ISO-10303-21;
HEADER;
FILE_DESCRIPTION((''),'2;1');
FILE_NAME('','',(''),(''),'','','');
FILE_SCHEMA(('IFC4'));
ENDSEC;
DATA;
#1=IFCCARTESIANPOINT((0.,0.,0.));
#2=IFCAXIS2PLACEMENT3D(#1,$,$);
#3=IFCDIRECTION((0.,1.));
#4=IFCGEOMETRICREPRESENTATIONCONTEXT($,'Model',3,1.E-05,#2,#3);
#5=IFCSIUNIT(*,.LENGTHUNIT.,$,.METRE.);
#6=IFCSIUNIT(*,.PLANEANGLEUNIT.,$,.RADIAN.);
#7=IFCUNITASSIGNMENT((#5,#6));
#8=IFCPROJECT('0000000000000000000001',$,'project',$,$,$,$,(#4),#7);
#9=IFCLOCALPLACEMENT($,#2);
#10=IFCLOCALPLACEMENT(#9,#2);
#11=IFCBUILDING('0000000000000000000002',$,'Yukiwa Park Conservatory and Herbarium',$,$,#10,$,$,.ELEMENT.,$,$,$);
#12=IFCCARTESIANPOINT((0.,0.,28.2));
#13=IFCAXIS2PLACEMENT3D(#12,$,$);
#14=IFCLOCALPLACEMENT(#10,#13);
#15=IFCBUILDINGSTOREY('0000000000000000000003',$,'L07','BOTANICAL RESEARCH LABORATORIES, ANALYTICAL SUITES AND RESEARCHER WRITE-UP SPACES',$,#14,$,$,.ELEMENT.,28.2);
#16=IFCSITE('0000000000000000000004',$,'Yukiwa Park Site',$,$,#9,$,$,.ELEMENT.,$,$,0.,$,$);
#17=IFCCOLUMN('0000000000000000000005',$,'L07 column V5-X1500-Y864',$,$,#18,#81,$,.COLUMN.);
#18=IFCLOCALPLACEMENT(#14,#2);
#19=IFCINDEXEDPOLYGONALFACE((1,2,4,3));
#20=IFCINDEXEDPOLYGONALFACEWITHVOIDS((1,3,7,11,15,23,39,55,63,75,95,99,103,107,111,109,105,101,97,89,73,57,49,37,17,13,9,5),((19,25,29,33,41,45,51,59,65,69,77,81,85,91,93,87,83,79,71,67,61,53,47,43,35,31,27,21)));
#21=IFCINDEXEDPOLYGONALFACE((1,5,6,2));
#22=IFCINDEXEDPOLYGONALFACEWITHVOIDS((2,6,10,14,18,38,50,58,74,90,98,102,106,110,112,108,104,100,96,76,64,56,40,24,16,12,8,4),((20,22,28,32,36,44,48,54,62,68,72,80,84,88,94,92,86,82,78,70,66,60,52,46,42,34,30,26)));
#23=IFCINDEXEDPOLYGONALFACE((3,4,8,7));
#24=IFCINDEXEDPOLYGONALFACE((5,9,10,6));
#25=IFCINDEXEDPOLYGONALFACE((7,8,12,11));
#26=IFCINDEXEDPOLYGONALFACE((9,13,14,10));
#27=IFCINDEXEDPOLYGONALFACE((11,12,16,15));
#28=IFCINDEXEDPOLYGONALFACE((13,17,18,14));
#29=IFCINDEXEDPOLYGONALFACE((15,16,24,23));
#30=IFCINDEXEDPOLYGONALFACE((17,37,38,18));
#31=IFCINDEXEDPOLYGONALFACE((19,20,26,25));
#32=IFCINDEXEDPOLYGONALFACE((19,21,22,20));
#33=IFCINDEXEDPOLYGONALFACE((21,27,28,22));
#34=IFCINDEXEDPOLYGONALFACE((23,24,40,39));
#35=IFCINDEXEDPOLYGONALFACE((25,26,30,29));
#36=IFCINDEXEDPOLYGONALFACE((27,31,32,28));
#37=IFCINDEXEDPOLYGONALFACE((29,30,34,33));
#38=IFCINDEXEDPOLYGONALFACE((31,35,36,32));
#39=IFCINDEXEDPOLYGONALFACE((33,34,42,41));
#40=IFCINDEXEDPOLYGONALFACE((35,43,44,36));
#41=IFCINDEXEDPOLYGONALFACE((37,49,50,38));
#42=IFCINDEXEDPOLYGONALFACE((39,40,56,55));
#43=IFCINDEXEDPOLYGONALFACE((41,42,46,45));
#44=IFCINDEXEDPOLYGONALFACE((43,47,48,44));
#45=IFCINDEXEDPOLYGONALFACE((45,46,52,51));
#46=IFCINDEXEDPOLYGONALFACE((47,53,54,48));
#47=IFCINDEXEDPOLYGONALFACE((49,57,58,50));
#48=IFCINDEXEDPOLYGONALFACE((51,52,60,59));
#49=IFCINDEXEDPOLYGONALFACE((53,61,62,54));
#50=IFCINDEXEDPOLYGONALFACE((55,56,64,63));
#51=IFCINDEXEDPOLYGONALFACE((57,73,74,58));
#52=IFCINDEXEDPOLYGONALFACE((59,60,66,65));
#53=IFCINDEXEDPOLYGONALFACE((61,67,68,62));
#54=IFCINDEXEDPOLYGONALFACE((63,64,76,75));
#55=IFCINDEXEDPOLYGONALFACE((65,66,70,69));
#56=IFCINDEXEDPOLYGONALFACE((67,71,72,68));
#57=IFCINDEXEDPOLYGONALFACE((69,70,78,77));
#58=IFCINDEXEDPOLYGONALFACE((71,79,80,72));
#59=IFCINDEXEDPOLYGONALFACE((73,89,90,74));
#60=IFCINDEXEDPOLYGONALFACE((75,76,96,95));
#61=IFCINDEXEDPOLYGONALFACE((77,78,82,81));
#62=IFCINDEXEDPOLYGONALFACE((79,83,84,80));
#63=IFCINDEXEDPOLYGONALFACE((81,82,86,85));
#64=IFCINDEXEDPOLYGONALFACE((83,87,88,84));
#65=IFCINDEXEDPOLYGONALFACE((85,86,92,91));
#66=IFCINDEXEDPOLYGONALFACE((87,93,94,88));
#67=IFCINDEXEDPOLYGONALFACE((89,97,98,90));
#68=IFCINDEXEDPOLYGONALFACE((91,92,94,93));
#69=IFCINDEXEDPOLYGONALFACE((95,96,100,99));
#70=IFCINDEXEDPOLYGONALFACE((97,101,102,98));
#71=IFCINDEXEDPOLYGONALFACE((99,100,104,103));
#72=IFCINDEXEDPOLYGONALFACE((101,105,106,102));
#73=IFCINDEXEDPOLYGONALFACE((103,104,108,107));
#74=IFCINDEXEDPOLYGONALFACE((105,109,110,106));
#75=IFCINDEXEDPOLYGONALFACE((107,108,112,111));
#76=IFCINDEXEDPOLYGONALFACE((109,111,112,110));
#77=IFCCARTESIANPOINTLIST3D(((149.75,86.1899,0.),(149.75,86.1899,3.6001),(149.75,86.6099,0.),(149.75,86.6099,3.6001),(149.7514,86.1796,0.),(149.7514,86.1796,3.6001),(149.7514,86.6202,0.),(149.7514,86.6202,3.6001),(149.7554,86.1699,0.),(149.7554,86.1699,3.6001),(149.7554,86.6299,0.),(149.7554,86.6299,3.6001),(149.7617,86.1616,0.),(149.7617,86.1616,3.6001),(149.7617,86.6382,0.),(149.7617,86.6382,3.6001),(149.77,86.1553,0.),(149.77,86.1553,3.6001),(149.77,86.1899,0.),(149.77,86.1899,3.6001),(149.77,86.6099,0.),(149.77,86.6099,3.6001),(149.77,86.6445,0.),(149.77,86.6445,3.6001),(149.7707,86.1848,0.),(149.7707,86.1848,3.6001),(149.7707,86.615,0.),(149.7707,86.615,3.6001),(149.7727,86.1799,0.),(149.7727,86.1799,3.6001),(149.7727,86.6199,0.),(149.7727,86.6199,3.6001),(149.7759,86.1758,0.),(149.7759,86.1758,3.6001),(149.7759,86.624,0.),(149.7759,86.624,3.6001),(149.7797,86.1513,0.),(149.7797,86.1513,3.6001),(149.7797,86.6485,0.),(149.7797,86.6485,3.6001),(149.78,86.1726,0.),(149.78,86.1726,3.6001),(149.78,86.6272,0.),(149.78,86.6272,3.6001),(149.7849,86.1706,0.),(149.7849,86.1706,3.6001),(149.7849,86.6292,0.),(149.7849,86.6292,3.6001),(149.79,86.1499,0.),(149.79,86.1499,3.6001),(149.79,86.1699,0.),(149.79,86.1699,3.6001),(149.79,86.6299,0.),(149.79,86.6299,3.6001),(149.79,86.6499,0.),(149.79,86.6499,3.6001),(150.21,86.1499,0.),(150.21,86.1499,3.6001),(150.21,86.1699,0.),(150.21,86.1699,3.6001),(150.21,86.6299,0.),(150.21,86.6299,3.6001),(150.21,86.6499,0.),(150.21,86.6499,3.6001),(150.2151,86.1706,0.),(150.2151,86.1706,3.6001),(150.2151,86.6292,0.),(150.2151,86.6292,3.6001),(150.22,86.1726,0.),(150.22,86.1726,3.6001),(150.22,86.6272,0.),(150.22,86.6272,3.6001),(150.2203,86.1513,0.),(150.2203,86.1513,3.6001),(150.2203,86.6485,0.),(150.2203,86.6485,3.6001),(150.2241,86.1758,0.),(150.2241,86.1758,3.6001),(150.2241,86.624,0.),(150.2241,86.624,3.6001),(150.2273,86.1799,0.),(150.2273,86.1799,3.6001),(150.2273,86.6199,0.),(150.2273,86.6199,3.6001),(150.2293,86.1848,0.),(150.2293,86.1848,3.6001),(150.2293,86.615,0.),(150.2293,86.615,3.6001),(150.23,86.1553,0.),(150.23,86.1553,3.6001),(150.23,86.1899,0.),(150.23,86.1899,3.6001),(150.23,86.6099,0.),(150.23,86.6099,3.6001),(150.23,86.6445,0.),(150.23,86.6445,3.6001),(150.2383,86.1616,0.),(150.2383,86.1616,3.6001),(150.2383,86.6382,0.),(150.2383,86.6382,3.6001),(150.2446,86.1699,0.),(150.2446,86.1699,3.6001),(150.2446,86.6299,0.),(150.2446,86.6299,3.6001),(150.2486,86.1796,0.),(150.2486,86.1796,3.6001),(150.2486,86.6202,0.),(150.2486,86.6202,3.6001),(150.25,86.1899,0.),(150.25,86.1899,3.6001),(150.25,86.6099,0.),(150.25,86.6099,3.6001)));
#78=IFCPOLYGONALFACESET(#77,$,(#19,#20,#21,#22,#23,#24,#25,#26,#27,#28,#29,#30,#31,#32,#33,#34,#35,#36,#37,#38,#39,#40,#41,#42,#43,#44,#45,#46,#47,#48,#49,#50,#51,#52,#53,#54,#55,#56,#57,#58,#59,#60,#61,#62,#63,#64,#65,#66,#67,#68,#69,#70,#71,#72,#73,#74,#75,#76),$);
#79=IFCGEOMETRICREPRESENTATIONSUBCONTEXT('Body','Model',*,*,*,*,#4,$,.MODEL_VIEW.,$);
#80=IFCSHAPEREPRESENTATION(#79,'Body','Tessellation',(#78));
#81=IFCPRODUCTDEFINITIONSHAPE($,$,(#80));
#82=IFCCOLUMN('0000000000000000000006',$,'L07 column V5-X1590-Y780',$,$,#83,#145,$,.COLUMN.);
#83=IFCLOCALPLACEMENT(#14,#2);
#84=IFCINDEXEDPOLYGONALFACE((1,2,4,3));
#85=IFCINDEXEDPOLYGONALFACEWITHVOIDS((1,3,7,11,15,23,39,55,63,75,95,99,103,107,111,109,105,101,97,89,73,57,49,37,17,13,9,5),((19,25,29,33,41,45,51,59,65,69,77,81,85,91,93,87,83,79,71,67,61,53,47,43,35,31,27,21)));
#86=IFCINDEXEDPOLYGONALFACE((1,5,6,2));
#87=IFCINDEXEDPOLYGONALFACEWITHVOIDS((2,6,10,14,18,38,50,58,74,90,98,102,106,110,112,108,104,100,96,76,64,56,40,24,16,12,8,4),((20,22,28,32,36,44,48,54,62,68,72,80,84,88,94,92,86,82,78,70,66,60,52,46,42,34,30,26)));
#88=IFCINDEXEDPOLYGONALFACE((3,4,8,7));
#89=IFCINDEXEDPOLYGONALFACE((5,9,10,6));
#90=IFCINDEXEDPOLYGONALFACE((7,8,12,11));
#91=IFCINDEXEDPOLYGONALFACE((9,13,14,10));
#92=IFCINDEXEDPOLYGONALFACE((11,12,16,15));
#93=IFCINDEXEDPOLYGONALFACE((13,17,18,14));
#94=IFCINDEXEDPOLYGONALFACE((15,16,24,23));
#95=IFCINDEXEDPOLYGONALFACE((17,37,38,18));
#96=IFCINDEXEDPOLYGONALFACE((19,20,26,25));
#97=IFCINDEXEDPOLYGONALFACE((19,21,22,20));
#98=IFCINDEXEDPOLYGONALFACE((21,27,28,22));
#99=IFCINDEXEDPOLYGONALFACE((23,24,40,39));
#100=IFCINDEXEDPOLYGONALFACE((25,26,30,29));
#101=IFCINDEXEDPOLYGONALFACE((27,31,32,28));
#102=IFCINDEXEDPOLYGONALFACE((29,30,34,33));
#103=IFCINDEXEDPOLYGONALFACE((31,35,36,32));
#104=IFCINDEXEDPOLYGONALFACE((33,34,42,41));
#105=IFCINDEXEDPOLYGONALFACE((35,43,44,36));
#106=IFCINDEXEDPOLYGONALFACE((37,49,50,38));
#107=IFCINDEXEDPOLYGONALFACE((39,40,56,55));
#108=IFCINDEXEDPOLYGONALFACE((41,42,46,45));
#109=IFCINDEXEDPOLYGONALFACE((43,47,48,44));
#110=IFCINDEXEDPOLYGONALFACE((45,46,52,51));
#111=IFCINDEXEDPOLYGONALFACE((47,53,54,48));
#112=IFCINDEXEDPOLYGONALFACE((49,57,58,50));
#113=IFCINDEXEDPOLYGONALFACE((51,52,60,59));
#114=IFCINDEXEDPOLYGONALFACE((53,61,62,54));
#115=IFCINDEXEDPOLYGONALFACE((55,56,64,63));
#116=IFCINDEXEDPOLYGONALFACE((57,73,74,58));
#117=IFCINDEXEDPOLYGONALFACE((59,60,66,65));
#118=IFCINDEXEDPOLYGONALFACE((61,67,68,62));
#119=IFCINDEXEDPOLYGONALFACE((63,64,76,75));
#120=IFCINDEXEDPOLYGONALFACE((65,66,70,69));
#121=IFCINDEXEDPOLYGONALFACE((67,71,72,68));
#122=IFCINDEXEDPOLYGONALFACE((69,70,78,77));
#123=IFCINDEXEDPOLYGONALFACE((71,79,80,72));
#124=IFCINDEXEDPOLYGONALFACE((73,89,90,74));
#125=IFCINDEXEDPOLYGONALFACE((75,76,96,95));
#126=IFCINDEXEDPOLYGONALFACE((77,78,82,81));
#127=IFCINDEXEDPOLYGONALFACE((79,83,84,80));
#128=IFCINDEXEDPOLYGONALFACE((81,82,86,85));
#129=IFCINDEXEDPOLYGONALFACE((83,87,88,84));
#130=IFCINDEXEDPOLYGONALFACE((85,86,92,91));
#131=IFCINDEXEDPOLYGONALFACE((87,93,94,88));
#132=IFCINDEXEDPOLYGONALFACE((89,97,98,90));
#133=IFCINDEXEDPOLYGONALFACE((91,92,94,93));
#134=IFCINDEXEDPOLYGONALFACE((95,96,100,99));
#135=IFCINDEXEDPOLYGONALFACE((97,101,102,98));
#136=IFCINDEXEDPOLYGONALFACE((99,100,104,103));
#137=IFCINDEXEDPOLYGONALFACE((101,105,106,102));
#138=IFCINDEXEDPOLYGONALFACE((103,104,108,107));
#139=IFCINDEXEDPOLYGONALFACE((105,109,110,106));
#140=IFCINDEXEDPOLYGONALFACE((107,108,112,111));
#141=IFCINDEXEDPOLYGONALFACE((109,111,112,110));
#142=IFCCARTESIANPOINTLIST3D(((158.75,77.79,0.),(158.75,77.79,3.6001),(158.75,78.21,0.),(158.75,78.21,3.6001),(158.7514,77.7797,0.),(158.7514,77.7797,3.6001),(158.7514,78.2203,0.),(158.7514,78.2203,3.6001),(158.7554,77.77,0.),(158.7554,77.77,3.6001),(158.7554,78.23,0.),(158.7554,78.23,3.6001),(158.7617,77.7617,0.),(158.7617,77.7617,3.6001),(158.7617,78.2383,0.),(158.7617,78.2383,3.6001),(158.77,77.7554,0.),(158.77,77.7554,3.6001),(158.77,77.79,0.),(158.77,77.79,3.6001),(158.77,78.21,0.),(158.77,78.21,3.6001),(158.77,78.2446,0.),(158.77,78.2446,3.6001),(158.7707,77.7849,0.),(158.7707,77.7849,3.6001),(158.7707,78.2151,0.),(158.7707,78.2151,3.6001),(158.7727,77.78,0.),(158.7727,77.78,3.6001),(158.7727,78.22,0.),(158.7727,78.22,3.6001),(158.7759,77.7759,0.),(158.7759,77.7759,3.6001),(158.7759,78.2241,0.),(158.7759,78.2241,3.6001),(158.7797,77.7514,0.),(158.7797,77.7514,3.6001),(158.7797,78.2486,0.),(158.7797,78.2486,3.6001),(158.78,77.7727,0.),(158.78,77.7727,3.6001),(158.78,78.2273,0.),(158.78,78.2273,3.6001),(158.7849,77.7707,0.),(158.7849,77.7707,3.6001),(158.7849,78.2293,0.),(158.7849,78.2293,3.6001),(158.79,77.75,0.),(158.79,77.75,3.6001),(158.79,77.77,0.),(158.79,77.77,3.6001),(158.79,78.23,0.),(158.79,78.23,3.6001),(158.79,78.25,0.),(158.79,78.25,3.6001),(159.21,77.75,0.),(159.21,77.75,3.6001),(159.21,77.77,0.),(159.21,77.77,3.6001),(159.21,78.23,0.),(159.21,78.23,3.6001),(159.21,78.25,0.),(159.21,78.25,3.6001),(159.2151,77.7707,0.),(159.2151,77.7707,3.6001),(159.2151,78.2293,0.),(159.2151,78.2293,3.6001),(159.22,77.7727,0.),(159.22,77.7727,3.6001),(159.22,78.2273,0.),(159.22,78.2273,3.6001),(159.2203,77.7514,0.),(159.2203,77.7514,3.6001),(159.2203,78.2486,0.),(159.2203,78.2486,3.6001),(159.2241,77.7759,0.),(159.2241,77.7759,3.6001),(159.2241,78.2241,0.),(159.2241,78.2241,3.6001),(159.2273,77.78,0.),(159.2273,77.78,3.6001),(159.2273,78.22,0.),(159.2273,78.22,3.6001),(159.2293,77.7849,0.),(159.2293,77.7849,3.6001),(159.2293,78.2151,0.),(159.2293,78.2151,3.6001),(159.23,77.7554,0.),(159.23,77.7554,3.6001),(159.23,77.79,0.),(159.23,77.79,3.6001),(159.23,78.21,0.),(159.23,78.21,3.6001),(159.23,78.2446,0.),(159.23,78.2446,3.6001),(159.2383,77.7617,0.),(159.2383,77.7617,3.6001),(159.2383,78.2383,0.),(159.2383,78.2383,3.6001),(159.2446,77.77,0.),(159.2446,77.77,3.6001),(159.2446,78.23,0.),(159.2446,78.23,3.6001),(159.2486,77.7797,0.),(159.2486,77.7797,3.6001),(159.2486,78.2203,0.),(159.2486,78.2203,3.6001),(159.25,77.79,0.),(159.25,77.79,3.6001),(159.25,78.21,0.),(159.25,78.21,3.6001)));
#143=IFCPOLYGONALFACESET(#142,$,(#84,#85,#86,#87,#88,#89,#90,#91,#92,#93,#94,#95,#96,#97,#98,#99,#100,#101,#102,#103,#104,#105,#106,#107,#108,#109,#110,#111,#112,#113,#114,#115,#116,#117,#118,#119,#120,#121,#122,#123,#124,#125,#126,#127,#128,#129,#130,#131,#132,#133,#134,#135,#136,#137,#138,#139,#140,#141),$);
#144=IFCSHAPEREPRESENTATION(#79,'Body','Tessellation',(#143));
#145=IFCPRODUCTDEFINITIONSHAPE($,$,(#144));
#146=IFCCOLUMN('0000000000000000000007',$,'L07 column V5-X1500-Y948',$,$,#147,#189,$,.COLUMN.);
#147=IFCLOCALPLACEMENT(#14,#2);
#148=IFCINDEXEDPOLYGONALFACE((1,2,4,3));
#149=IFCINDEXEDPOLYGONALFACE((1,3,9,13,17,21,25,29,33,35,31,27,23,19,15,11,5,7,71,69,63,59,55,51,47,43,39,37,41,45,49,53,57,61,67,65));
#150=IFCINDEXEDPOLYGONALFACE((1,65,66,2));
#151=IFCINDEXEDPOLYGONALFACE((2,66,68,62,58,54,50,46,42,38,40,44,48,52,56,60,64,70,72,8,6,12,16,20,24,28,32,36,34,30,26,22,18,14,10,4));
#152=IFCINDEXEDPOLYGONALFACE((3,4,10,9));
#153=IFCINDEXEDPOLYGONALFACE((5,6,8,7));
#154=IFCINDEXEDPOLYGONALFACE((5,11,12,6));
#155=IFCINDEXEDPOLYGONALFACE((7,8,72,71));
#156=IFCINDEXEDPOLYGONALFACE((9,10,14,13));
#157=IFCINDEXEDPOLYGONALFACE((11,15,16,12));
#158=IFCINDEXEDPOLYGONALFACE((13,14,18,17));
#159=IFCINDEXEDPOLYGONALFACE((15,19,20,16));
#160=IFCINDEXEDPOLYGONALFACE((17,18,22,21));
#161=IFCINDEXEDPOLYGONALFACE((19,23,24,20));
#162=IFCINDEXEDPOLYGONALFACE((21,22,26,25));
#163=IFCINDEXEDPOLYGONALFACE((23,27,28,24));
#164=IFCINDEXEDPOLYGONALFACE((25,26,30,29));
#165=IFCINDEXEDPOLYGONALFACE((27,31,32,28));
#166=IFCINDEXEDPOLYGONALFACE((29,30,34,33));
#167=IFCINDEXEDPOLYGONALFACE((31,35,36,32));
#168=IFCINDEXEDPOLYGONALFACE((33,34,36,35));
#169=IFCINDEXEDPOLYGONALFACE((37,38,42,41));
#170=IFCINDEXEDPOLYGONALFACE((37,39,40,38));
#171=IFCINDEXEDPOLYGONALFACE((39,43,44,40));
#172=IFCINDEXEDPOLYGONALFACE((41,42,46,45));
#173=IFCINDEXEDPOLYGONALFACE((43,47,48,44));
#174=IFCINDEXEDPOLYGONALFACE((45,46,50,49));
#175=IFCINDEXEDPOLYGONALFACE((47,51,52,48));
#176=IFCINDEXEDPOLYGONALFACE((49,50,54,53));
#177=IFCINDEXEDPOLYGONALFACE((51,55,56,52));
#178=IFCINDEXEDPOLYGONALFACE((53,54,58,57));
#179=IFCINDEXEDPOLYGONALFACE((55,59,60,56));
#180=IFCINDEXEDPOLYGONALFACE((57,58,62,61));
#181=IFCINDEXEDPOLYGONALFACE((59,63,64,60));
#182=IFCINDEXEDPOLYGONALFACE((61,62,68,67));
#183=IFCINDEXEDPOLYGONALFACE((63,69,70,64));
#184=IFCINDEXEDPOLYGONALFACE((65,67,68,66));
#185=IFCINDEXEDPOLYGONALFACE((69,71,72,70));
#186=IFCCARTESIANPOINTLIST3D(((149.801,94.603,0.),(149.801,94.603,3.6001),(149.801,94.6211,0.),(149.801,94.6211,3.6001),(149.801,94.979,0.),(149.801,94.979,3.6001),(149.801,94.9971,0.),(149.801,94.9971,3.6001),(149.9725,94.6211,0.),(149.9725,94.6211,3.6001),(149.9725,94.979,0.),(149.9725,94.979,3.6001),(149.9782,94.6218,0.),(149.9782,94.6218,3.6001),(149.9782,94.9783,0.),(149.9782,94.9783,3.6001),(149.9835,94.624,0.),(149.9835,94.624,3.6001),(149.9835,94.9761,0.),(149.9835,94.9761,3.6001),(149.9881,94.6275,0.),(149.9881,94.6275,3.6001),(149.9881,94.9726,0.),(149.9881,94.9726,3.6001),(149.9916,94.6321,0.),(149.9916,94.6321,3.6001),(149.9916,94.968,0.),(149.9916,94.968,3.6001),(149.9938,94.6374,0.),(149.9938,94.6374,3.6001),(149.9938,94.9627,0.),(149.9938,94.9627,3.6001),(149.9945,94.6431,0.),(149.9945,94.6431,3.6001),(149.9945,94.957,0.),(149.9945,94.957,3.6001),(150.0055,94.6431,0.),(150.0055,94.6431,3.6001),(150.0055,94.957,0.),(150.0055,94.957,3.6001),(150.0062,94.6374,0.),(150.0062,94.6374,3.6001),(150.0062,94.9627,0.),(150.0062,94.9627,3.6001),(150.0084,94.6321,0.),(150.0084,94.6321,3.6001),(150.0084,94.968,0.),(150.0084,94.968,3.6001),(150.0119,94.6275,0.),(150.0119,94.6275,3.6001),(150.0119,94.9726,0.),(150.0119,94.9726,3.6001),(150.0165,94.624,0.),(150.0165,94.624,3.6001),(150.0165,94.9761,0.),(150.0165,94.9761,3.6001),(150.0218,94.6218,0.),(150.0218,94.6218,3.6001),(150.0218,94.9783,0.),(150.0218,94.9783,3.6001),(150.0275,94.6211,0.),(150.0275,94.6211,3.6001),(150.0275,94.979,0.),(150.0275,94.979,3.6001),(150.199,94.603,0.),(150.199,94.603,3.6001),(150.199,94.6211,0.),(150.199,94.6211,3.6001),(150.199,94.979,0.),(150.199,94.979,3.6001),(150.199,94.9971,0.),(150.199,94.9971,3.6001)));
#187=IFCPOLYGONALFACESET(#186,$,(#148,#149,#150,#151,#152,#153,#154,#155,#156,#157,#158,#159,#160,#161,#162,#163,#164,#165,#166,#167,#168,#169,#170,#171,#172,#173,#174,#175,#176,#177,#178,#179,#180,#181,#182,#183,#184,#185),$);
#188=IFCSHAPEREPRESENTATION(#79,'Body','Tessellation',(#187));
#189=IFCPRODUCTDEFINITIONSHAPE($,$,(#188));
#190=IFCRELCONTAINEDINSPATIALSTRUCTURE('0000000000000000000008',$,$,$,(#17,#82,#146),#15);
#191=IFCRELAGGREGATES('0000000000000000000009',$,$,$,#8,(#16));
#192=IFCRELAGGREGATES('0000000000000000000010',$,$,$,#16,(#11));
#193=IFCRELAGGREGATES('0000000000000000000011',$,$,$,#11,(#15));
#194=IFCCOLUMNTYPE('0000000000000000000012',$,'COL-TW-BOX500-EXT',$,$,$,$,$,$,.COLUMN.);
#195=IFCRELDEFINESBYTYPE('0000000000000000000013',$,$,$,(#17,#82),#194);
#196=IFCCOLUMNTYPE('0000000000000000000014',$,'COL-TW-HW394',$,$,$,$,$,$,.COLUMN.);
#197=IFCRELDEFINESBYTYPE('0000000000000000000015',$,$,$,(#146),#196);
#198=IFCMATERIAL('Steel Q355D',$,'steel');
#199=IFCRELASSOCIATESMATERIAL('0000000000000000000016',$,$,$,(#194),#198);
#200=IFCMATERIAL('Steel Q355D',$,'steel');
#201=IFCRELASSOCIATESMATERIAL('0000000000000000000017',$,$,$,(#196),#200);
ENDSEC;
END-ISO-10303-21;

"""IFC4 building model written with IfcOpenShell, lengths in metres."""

from ifc_helpers import new_model, si_unit, direction, frame, origin, origin_2d, place, context, subcontext, project, spatial, hollow_rectangle, i_section, extrude, material, material_profile, profile_set, type_object, element, save


model = new_model("IFC4")

# Units and contexts
model_context = context("Model", 3, precision=1e-05, world=origin(), true_north=direction((0.0, 1.0)))
body_context = subcontext(model_context, "Body", "Model", "MODEL_VIEW")
ifc_project = project(units=[si_unit("LENGTHUNIT", "METRE"), si_unit("PLANEANGLEUNIT", "RADIAN")], contexts=[model_context])

# Site, building, storey
site_placement = place(None, origin())
site = spatial("IfcSite", under=ifc_project, at=site_placement, Name="Yukiwa Park Site", CompositionType="ELEMENT", RefElevation=0.0)
building_placement = place(site_placement, origin())
building = spatial("IfcBuilding", under=site, at=building_placement, Name="Yukiwa Park Conservatory and Herbarium", CompositionType="ELEMENT")
storey_placement = place(building_placement, frame((0.0, 0.0, 28.2)))
storey = spatial("IfcBuildingStorey", under=building, at=storey_placement, Name="L07", Description="BOTANICAL RESEARCH LABORATORIES, ANALYTICAL SUITES AND RESEARCHER WRITE-UP SPACES", CompositionType="ELEMENT", Elevation=28.2)

# Columns
ifc_material_1 = material(Name="Steel Q355D", Category="steel")
ifc_material_profile_1 = material_profile(ifc_material_1, hollow_rectangle(XDim=0.5, YDim=0.5, WallThickness=0.02, InnerFilletRadius=0.02, OuterFilletRadius=0.04, at=origin_2d()), Name="BOX 500x500x20")
ifc_profile_set_1 = profile_set([ifc_material_profile_1], Name="Steel Q355D")
column_type_1 = type_object("IfcColumnType", Name="COL-TW-BOX500-EXT", PredefinedType="COLUMN", material=ifc_profile_set_1)
for number, where, z_axis, x_axis, name in (
    (1, (150.0, 86.3999, 0.0), (0.0, 0.0, 1.0), (1.0, 0.0, 0.0), "L07 column V5-X1500-Y864"),
    (2, (159.0, 78.0, 0.0), (0.0, 0.0, 1.0), (1.0, 0.0, 0.0), "L07 column V5-X1590-Y780"),
):
    element("IfcColumn", number, at=place(storey_placement, frame(where, z_axis=z_axis, x_axis=x_axis)), inside=storey, type_object=column_type_1, Name=name, PredefinedType="COLUMN", context=body_context, shape_type="SweptSolid", body=[
        extrude(hollow_rectangle(XDim=0.5, YDim=0.5, WallThickness=0.02, InnerFilletRadius=0.02, OuterFilletRadius=0.04, at=origin_2d()), origin(), (0.0, 0.0, 1.0), 3.6001),
    ])
ifc_material_2 = material(Name="Steel Q355D", Category="steel")
ifc_material_profile_2 = material_profile(ifc_material_2, i_section(OverallWidth=0.3979, OverallDepth=0.394, WebThickness=0.011, FlangeThickness=0.0181, FilletRadius=0.022, at=origin_2d()), Name="HW 394x398x11x18")
ifc_profile_set_2 = profile_set([ifc_material_profile_2], Name="Steel Q355D")
column_type_2 = type_object("IfcColumnType", Name="COL-TW-HW394", PredefinedType="COLUMN", material=ifc_profile_set_2)
column_placement = place(storey_placement, frame((150.0, 94.8, 0.0), z_axis=(0.0, 0.0, 1.0), x_axis=(1.0, 0.0, 0.0)))
element("IfcColumn", 3, at=column_placement, inside=storey, type_object=column_type_2, Name="L07 column V5-X1500-Y948", PredefinedType="COLUMN", context=body_context, shape_type="SweptSolid", body=[
    extrude(i_section(OverallWidth=0.3979, OverallDepth=0.394, WebThickness=0.011, FlangeThickness=0.0181, FilletRadius=0.022, at=origin_2d()), origin(), (0.0, 0.0, 1.0), 3.6001),
])

save(model, "model.ifc")
